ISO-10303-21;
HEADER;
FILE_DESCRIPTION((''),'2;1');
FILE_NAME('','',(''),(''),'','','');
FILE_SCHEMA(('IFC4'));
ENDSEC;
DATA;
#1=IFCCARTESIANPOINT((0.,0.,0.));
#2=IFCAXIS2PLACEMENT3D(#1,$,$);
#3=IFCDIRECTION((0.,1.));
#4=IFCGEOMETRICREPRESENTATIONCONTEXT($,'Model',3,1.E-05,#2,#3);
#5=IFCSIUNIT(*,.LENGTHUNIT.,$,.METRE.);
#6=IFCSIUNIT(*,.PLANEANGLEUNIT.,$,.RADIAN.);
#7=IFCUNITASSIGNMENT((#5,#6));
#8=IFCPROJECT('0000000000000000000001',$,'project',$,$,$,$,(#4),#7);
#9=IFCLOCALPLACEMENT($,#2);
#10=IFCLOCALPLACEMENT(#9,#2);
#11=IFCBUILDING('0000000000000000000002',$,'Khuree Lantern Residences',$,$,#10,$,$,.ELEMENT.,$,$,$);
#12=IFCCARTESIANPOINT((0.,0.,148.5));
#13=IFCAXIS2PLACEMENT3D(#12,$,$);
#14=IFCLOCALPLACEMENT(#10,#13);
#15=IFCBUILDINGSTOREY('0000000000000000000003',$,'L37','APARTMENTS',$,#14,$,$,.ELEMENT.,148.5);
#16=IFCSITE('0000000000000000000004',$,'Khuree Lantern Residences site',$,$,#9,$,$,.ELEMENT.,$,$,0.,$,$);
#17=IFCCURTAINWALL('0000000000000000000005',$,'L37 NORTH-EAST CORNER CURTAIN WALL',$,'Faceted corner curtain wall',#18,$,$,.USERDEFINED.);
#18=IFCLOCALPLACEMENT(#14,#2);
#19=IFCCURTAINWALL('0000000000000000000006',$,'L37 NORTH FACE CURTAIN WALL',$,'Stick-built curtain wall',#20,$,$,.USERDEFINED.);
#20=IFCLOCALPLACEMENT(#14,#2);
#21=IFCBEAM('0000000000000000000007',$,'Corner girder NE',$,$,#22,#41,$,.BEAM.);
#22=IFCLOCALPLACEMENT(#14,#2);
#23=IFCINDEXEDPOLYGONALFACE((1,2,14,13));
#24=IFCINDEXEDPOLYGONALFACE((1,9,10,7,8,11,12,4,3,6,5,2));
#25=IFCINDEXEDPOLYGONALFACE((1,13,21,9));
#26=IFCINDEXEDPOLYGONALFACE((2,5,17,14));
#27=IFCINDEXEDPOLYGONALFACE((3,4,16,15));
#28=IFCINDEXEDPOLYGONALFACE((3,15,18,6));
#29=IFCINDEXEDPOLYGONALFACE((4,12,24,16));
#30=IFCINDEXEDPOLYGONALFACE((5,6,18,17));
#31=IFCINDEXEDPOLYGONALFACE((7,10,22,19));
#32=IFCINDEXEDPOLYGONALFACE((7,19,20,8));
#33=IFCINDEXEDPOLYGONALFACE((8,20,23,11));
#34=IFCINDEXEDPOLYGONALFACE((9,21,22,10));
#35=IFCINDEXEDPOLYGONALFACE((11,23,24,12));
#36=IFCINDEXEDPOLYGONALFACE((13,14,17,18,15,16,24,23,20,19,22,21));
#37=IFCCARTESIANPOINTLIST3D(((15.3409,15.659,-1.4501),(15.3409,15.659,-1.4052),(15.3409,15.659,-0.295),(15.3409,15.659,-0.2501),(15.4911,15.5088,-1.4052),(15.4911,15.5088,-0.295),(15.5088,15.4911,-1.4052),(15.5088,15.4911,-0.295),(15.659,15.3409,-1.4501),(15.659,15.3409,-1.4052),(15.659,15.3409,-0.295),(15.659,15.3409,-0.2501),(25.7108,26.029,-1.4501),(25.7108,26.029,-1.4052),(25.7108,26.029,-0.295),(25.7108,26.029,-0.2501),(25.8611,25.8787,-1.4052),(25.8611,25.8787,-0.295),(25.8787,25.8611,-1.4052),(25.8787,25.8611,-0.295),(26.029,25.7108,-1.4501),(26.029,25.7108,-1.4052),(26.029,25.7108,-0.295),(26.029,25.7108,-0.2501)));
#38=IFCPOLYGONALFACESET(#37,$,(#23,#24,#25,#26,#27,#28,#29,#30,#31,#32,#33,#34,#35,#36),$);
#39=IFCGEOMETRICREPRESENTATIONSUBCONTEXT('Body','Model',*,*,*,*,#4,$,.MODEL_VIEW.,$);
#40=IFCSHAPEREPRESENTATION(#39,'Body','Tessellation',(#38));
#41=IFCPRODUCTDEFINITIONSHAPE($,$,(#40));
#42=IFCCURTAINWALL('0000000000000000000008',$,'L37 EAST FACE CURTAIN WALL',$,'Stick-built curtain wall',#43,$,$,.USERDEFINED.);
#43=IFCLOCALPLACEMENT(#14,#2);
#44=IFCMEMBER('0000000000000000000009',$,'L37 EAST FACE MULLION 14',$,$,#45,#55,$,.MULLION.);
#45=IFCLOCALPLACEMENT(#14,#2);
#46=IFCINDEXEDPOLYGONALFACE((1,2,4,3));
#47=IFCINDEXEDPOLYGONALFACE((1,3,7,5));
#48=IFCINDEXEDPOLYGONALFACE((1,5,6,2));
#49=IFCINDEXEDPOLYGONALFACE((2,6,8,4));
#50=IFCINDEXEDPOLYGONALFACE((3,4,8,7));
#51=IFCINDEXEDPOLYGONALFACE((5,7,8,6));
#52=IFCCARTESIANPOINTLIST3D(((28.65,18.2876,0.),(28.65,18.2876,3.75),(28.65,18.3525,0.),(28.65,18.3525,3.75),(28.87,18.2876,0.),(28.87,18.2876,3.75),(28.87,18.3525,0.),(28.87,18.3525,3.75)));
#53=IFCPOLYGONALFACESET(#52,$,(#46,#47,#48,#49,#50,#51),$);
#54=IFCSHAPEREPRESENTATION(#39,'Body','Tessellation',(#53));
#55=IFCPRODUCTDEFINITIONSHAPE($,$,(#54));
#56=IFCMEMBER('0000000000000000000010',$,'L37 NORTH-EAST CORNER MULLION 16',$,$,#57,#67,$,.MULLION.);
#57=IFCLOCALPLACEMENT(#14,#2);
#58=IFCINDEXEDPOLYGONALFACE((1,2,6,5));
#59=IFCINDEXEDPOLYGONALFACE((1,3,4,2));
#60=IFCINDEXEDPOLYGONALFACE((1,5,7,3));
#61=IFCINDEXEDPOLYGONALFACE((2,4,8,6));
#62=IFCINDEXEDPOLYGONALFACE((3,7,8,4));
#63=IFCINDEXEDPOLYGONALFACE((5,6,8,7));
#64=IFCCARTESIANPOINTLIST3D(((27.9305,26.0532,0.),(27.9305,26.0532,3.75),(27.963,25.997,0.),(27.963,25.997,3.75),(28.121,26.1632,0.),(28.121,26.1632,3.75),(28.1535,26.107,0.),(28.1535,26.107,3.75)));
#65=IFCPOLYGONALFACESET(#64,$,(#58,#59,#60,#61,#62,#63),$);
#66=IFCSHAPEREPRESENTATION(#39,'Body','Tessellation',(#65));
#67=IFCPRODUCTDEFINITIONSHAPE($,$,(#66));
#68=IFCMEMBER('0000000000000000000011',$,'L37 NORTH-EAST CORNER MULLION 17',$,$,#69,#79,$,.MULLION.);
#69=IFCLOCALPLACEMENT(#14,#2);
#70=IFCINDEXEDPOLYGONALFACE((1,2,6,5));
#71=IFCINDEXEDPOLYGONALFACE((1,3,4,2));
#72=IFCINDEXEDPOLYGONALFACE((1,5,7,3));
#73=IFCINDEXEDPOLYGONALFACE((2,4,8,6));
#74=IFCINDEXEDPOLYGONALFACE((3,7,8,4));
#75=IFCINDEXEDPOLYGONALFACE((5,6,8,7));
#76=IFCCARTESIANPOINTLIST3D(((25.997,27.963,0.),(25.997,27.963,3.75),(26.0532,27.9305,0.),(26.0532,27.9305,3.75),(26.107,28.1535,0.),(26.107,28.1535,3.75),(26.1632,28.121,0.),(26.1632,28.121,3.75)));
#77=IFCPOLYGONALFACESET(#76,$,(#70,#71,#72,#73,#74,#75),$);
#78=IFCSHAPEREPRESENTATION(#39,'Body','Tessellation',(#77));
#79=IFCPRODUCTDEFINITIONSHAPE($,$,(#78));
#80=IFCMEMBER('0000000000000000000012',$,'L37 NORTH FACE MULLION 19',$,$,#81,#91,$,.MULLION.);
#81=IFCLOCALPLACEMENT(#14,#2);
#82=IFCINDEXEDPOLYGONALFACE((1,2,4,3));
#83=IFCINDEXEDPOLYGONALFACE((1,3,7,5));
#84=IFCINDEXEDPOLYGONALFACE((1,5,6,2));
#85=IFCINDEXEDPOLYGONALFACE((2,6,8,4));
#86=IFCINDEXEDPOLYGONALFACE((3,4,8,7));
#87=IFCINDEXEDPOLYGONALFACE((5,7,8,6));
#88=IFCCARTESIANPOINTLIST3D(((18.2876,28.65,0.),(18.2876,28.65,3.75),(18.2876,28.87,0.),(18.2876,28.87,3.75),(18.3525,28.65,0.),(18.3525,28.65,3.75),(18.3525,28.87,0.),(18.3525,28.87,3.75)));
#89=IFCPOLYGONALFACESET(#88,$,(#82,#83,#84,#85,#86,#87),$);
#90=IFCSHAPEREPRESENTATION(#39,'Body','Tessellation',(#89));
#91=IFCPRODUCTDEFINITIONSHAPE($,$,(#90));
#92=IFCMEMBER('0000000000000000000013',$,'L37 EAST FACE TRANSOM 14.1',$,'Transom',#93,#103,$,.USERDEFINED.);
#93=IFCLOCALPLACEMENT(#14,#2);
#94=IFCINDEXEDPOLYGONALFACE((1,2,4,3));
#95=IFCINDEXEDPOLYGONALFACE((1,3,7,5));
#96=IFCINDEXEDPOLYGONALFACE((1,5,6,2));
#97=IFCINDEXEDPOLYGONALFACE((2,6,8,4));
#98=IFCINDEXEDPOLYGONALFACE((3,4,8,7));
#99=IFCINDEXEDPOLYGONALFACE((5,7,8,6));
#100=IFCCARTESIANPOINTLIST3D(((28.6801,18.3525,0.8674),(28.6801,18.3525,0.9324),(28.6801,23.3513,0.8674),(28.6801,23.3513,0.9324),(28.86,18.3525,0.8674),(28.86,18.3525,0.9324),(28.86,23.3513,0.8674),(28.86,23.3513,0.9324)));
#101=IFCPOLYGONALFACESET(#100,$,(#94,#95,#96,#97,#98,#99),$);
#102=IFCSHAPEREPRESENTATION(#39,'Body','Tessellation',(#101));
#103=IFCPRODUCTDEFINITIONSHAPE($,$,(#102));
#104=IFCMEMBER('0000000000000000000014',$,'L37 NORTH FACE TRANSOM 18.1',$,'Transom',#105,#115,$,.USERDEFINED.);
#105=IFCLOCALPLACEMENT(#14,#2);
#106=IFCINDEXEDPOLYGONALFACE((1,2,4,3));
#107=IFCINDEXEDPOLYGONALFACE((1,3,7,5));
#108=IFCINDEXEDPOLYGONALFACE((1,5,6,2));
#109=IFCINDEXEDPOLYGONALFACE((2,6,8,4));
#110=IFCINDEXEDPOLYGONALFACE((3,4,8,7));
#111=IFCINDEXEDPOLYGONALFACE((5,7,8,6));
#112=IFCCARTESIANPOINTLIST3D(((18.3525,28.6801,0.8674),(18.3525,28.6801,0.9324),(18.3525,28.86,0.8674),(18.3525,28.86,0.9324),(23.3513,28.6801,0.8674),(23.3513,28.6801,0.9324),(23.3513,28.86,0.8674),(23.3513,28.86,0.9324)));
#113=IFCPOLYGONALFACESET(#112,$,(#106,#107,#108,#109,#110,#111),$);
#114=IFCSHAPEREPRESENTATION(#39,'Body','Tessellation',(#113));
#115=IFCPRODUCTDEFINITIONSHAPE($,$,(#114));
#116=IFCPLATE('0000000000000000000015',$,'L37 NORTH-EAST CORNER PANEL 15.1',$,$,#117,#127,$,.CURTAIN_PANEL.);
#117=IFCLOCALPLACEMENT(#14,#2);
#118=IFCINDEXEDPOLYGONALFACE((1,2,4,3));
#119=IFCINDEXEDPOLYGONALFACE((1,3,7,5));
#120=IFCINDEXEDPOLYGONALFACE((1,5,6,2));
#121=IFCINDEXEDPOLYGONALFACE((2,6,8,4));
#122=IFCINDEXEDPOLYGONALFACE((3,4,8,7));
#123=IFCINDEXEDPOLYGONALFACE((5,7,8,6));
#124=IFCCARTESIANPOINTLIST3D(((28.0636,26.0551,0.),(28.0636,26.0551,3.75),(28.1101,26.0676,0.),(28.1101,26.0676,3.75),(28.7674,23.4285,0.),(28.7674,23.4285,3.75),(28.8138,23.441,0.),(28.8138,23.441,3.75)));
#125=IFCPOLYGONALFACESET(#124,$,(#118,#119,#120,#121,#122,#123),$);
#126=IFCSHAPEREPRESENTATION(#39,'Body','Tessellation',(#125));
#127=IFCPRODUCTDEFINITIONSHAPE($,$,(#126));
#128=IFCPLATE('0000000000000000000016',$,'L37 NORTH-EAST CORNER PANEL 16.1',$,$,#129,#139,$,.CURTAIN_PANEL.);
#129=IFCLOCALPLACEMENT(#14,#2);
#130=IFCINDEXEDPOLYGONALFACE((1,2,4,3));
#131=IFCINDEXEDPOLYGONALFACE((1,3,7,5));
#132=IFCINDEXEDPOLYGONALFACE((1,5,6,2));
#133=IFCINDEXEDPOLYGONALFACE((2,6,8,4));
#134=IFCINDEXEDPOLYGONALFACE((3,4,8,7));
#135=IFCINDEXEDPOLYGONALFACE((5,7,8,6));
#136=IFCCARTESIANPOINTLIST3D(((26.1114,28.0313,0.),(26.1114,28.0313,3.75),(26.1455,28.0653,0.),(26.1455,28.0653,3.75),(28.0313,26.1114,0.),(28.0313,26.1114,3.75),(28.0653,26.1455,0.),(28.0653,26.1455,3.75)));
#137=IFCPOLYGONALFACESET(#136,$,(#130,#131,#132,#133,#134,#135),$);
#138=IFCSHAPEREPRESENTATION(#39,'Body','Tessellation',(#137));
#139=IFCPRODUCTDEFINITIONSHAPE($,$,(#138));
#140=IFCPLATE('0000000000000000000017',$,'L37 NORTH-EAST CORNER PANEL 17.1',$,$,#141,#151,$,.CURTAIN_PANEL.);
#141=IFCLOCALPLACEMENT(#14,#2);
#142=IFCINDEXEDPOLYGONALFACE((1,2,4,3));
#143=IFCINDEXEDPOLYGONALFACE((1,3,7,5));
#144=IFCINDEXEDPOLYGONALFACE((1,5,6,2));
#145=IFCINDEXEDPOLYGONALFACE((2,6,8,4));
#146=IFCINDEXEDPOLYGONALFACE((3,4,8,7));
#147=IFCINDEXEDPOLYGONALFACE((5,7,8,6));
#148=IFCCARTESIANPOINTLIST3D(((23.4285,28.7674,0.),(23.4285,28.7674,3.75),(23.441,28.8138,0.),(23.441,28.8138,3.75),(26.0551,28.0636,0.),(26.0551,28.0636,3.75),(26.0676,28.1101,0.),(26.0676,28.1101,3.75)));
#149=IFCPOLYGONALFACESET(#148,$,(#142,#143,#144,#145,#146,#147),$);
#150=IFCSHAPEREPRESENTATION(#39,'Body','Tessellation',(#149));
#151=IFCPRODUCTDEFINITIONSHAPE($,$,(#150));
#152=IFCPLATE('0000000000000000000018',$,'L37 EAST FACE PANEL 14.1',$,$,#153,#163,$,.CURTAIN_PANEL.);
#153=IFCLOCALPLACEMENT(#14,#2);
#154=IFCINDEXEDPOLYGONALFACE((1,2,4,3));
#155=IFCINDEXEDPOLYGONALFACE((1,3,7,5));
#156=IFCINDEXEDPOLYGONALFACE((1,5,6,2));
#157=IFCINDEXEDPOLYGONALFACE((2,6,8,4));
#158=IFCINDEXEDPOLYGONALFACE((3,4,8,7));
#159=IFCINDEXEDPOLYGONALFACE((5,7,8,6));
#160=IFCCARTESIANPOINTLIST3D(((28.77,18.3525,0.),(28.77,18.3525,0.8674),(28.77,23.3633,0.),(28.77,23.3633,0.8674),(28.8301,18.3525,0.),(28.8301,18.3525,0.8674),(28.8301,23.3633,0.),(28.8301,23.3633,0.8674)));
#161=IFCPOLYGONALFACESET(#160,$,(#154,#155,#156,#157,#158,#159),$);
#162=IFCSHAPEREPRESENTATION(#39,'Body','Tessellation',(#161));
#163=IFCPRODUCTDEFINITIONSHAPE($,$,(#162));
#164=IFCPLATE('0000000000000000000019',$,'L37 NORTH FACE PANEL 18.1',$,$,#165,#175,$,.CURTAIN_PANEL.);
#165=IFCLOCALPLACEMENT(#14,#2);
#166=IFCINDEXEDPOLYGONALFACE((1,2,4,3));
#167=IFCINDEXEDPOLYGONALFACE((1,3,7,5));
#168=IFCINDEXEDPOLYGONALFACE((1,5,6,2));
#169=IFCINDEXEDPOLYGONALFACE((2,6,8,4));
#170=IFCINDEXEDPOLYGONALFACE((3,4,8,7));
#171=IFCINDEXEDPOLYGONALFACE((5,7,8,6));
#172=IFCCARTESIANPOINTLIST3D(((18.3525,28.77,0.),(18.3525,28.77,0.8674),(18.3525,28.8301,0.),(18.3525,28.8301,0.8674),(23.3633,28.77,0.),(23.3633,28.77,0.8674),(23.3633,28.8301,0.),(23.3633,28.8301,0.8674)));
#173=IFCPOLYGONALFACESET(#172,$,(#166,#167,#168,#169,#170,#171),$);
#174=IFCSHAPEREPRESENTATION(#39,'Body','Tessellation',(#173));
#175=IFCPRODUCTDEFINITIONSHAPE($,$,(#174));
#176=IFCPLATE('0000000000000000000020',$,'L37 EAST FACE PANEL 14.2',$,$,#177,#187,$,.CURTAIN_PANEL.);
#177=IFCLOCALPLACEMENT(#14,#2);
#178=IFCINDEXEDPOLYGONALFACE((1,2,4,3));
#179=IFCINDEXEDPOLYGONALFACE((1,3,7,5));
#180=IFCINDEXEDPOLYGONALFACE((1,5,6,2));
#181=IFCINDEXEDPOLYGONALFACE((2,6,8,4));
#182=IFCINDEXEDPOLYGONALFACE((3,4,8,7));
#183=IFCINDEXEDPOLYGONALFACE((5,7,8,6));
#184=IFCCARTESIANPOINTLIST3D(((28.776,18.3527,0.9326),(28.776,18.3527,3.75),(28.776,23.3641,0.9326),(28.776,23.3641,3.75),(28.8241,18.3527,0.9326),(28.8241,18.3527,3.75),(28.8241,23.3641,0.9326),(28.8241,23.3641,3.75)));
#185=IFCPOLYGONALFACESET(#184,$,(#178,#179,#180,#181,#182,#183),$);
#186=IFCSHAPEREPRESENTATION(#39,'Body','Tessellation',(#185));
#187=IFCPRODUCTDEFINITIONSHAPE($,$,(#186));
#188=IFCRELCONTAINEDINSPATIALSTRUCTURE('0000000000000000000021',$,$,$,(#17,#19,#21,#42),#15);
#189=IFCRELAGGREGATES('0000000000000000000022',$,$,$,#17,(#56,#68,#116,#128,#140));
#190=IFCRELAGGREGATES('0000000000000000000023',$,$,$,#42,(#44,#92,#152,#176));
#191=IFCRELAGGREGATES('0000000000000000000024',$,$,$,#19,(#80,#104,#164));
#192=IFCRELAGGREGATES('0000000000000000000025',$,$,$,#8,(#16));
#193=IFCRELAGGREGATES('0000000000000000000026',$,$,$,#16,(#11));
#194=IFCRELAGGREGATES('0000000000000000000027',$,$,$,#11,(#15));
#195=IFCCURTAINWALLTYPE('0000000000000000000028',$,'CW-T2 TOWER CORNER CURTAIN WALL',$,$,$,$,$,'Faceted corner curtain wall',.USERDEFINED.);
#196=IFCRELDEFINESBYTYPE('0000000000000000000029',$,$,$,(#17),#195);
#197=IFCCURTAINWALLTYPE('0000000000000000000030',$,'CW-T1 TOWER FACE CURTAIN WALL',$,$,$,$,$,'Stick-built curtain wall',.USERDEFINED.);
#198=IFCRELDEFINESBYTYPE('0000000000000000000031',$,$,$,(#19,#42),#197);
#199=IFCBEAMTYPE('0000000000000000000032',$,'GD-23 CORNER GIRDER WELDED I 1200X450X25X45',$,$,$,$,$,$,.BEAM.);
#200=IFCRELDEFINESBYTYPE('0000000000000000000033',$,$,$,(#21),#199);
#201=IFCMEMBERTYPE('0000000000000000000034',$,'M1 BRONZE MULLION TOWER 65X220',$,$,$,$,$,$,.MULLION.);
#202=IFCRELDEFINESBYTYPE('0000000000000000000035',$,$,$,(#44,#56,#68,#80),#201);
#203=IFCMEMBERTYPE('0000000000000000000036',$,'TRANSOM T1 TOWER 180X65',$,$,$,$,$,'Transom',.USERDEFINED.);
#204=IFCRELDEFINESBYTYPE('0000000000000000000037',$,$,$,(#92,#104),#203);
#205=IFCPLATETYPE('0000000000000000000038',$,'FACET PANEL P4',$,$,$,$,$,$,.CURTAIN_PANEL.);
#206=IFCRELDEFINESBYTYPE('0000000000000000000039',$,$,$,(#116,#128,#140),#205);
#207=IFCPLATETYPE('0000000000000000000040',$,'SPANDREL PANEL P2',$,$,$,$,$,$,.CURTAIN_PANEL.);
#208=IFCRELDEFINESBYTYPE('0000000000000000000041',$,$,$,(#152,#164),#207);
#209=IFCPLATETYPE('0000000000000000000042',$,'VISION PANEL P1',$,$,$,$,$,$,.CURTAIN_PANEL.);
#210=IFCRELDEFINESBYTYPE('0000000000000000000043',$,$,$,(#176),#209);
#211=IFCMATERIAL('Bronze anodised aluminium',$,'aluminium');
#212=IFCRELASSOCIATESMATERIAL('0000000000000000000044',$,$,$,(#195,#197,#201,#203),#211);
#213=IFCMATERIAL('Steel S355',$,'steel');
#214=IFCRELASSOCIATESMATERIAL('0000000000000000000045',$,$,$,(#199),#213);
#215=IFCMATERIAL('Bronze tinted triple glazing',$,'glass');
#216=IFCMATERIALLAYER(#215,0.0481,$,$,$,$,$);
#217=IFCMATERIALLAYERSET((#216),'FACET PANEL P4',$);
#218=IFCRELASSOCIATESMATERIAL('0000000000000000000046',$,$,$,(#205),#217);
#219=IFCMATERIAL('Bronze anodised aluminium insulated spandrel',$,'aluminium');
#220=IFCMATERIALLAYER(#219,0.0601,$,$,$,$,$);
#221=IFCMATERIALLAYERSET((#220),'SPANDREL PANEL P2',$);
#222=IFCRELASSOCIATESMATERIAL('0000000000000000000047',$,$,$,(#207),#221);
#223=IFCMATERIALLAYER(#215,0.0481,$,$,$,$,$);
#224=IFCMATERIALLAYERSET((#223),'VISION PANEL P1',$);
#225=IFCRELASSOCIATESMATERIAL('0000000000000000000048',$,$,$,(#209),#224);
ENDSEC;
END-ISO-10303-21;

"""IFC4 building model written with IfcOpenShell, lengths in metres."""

from ifc_helpers import new_model, si_unit, direction, frame, origin, origin_2d, place, context, subcontext, project, spatial, rectangle, i_section, extrude, material, layer, layer_set, material_profile, profile_set, type_object, element, aggregate, save


model = new_model("IFC4")

# Units and contexts
model_context = context("Model", 3, precision=1e-05, world=origin(), true_north=direction((0.0, 1.0)))
body_context = subcontext(model_context, "Body", "Model", "MODEL_VIEW")
ifc_project = project(units=[si_unit("LENGTHUNIT", "METRE"), si_unit("PLANEANGLEUNIT", "RADIAN")], contexts=[model_context])

# Site, building, storey
site_placement = place(None, origin())
site = spatial("IfcSite", under=ifc_project, at=site_placement, Name="Khuree Lantern Residences site", CompositionType="ELEMENT", RefElevation=0.0)
building_placement = place(site_placement, origin())
building = spatial("IfcBuilding", under=site, at=building_placement, Name="Khuree Lantern Residences", CompositionType="ELEMENT")
storey_placement = place(building_placement, frame((0.0, 0.0, 148.5)))
storey = spatial("IfcBuildingStorey", under=building, at=storey_placement, Name="L37", Description="APARTMENTS", CompositionType="ELEMENT", Elevation=148.5)

# Shared definitions
ifc_material_1 = material(Name="Steel S355", Category="steel")

# Curtain walls
ifc_material_2 = material(Name="Bronze anodised aluminium", Category="aluminium")
curtain_wall_type_1 = type_object("IfcCurtainWallType", Name="CW-T2 TOWER CORNER CURTAIN WALL", ElementType="Faceted corner curtain wall", PredefinedType="USERDEFINED", material=ifc_material_2)
curtain_wall_1_placement = place(storey_placement, origin())
curtain_wall_1 = element("IfcCurtainWall", 1, at=curtain_wall_1_placement, inside=storey, type_object=curtain_wall_type_1, Name="L37 NORTH-EAST CORNER CURTAIN WALL", ObjectType="Faceted corner curtain wall", PredefinedType="USERDEFINED")
curtain_wall_type_2 = type_object("IfcCurtainWallType", Name="CW-T1 TOWER FACE CURTAIN WALL", ElementType="Stick-built curtain wall", PredefinedType="USERDEFINED", material=ifc_material_2)
curtain_wall_2_placement = place(storey_placement, origin())
curtain_wall_2 = element("IfcCurtainWall", 2, at=curtain_wall_2_placement, inside=storey, type_object=curtain_wall_type_2, Name="L37 NORTH FACE CURTAIN WALL", ObjectType="Stick-built curtain wall", PredefinedType="USERDEFINED")

# Beam
ifc_material_profile_1 = material_profile(ifc_material_1, i_section(OverallWidth=0.45, OverallDepth=1.2, WebThickness=0.0249, FlangeThickness=0.0449, at=origin_2d()), Name="WELDED I 1200X450X25X45")
ifc_profile_set_1 = profile_set([ifc_material_profile_1], Name="Steel S355")
beam_type_1 = type_object("IfcBeamType", Name="GD-23 CORNER GIRDER WELDED I 1200X450X25X45", PredefinedType="BEAM", material=ifc_profile_set_1)
beam_1_placement = place(storey_placement, frame((25.8699, 25.8699, -0.8501), z_axis=(-0.707107, -0.707107, 0.0), x_axis=(0.707107, -0.707107, 0.0)))
element("IfcBeam", 3, at=beam_1_placement, inside=storey, type_object=beam_type_1, Name="Corner girder NE", PredefinedType="BEAM", context=body_context, shape_type="SweptSolid", body=[
    extrude(i_section(OverallWidth=0.45, OverallDepth=1.2, WebThickness=0.0249, FlangeThickness=0.0449, at=origin_2d()), origin(), (0.0, 0.0, 1.0), 14.6653),
])

# Curtain wall, member
curtain_wall_3_placement = place(storey_placement, origin())
curtain_wall_3 = element("IfcCurtainWall", 4, at=curtain_wall_3_placement, inside=storey, type_object=curtain_wall_type_2, Name="L37 EAST FACE CURTAIN WALL", ObjectType="Stick-built curtain wall", PredefinedType="USERDEFINED")
ifc_material_profile_2 = material_profile(ifc_material_2, rectangle(XDim=0.0649, YDim=0.22, at=origin_2d()), Name="M1 65X220")
ifc_profile_set_2 = profile_set([ifc_material_profile_2], Name="Bronze anodised aluminium")
member_type_1 = type_object("IfcMemberType", Name="M1 BRONZE MULLION TOWER 65X220", PredefinedType="MULLION", material=ifc_profile_set_2)
member_1_placement = place(storey_placement, frame((28.76, 18.3201, 0.0), z_axis=(0.0, 0.0, 1.0), x_axis=(0.0, 1.0, 0.0)))
member_1 = element("IfcMember", 5, at=member_1_placement, type_object=member_type_1, Name="L37 EAST FACE MULLION 14", PredefinedType="MULLION", context=body_context, shape_type="SweptSolid", body=[
    extrude(rectangle(XDim=0.0649, YDim=0.22, at=origin_2d()), origin(), (0.0, 0.0, 1.0), 3.75),
])

# Members
member_2_placement = place(storey_placement, frame((28.042, 26.0801, 0.0), z_axis=(0.0, 0.0, 1.0), x_axis=(-0.5, 0.866025, 0.0)))
member_2 = element("IfcMember", 6, at=member_2_placement, type_object=member_type_1, Name="L37 NORTH-EAST CORNER MULLION 16", PredefinedType="MULLION", context=body_context, shape_type="SweptSolid", body=[
    extrude(rectangle(XDim=0.0649, YDim=0.22, at=origin_2d()), origin(), (0.0, 0.0, 1.0), 3.75),
])
member_3_placement = place(storey_placement, frame((26.0801, 28.042, 0.0), z_axis=(0.0, 0.0, 1.0), x_axis=(-0.866025, 0.5, 0.0)))
member_3 = element("IfcMember", 7, at=member_3_placement, type_object=member_type_1, Name="L37 NORTH-EAST CORNER MULLION 17", PredefinedType="MULLION", context=body_context, shape_type="SweptSolid", body=[
    extrude(rectangle(XDim=0.0649, YDim=0.22, at=origin_2d()), origin(), (0.0, 0.0, 1.0), 3.75),
])
member_4_placement = place(storey_placement, frame((18.3201, 28.76, 0.0), z_axis=(0.0, 0.0, 1.0), x_axis=(-1.0, 0.0, 0.0)))
member_4 = element("IfcMember", 8, at=member_4_placement, type_object=member_type_1, Name="L37 NORTH FACE MULLION 19", PredefinedType="MULLION", context=body_context, shape_type="SweptSolid", body=[
    extrude(rectangle(XDim=0.0649, YDim=0.22, at=origin_2d()), origin(), (0.0, 0.0, 1.0), 3.75),
])
ifc_material_profile_3 = material_profile(ifc_material_2, rectangle(XDim=0.1799, YDim=0.0649, at=origin_2d()), Name="T1 180X65")
ifc_profile_set_3 = profile_set([ifc_material_profile_3], Name="Bronze anodised aluminium")
member_type_2 = type_object("IfcMemberType", Name="TRANSOM T1 TOWER 180X65", ElementType="Transom", PredefinedType="USERDEFINED", material=ifc_profile_set_3)
member_5_placement = place(storey_placement, frame((28.77, 18.3525, 0.8999), z_axis=(0.0, 1.0, 0.0), x_axis=(-1.0, 0.0, 0.0)))
member_5 = element("IfcMember", 9, at=member_5_placement, type_object=member_type_2, Name="L37 EAST FACE TRANSOM 14.1", ObjectType="Transom", PredefinedType="USERDEFINED", context=body_context, shape_type="SweptSolid", body=[
    extrude(rectangle(XDim=0.1799, YDim=0.0649, at=origin_2d()), origin(), (0.0, 0.0, 1.0), 4.9988),
])
member_6_placement = place(storey_placement, frame((23.3513, 28.77, 0.8999), z_axis=(-1.0, 0.0, 0.0), x_axis=(0.0, -1.0, 0.0)))
member_6 = element("IfcMember", 10, at=member_6_placement, type_object=member_type_2, Name="L37 NORTH FACE TRANSOM 18.1", ObjectType="Transom", PredefinedType="USERDEFINED", context=body_context, shape_type="SweptSolid", body=[
    extrude(rectangle(XDim=0.1799, YDim=0.0649, at=origin_2d()), origin(), (0.0, 0.0, 1.0), 4.9988),
])

# Plates
ifc_material_3 = material(Name="Bronze tinted triple glazing", Category="glass")
ifc_layer_1 = layer(ifc_material_3, 0.0481)
ifc_layer_set_1 = layer_set([ifc_layer_1], Name="FACET PANEL P4")
plate_type_1 = type_object("IfcPlateType", Name="FACET PANEL P4", PredefinedType="CURTAIN_PANEL", material=ifc_layer_set_1)
plate_1_placement = place(storey_placement, frame((28.4387, 24.748, 0.0), z_axis=(0.0, 0.0, 1.0), x_axis=(-0.258819, 0.965926, 0.0)))
plate_1 = element("IfcPlate", 11, at=plate_1_placement, type_object=plate_type_1, Name="L37 NORTH-EAST CORNER PANEL 15.1", PredefinedType="CURTAIN_PANEL", context=body_context, shape_type="SweptSolid", body=[
    extrude(rectangle(XDim=2.7192, YDim=0.0481, at=origin_2d()), origin(), (0.0, 0.0, 1.0), 3.75),
])
plate_2_placement = place(storey_placement, frame((27.0884, 27.0884, 0.0), z_axis=(0.0, 0.0, 1.0), x_axis=(-0.707107, 0.707107, 0.0)))
plate_2 = element("IfcPlate", 12, at=plate_2_placement, type_object=plate_type_1, Name="L37 NORTH-EAST CORNER PANEL 16.1", PredefinedType="CURTAIN_PANEL", context=body_context, shape_type="SweptSolid", body=[
    extrude(rectangle(XDim=2.7151, YDim=0.0481, at=origin_2d()), origin(), (0.0, 0.0, 1.0), 3.75),
])
plate_3_placement = place(storey_placement, frame((24.748, 28.4387, 0.0), z_axis=(0.0, 0.0, 1.0), x_axis=(-0.965926, 0.258819, 0.0)))
plate_3 = element("IfcPlate", 13, at=plate_3_placement, type_object=plate_type_1, Name="L37 NORTH-EAST CORNER PANEL 17.1", PredefinedType="CURTAIN_PANEL", context=body_context, shape_type="SweptSolid", body=[
    extrude(rectangle(XDim=2.7192, YDim=0.0481, at=origin_2d()), origin(), (0.0, 0.0, 1.0), 3.75),
])
aggregate(curtain_wall_1, [member_2, member_3, plate_1, plate_2, plate_3])
ifc_material_4 = material(Name="Bronze anodised aluminium insulated spandrel", Category="aluminium")
ifc_layer_2 = layer(ifc_material_4, 0.0601)
ifc_layer_set_2 = layer_set([ifc_layer_2], Name="SPANDREL PANEL P2")
plate_type_2 = type_object("IfcPlateType", Name="SPANDREL PANEL P2", PredefinedType="CURTAIN_PANEL", material=ifc_layer_set_2)
plate_4_placement = place(storey_placement, frame((28.8, 20.8579, 0.0), z_axis=(0.0, 0.0, 1.0), x_axis=(0.0, 1.0, 0.0)))
plate_4 = element("IfcPlate", 14, at=plate_4_placement, type_object=plate_type_2, Name="L37 EAST FACE PANEL 14.1", PredefinedType="CURTAIN_PANEL", context=body_context, shape_type="SweptSolid", body=[
    extrude(rectangle(XDim=5.0107, YDim=0.0601, at=origin_2d()), origin(), (0.0, 0.0, 1.0), 0.8674),
])
plate_5_placement = place(storey_placement, frame((20.8579, 28.8, 0.0), z_axis=(0.0, 0.0, 1.0), x_axis=(-1.0, 0.0, 0.0)))
plate_5 = element("IfcPlate", 15, at=plate_5_placement, type_object=plate_type_2, Name="L37 NORTH FACE PANEL 18.1", PredefinedType="CURTAIN_PANEL", context=body_context, shape_type="SweptSolid", body=[
    extrude(rectangle(XDim=5.0107, YDim=0.0601, at=origin_2d()), origin(), (0.0, 0.0, 1.0), 0.8674),
])
ifc_layer_3 = layer(ifc_material_3, 0.0481)
ifc_layer_set_3 = layer_set([ifc_layer_3], Name="VISION PANEL P1")
plate_type_3 = type_object("IfcPlateType", Name="VISION PANEL P1", PredefinedType="CURTAIN_PANEL", material=ifc_layer_set_3)
plate_6_placement = place(storey_placement, frame((28.8, 20.8584, 0.9326), z_axis=(0.0, 0.0, 1.0), x_axis=(0.0, 1.0, 0.0)))
plate_6 = element("IfcPlate", 16, at=plate_6_placement, type_object=plate_type_3, Name="L37 EAST FACE PANEL 14.2", PredefinedType="CURTAIN_PANEL", context=body_context, shape_type="SweptSolid", body=[
    extrude(rectangle(XDim=5.0115, YDim=0.0481, at=origin_2d()), origin(), (0.0, 0.0, 1.0), 2.8174),
])
aggregate(curtain_wall_3, [member_1, member_5, plate_4, plate_6])
aggregate(curtain_wall_2, [member_4, member_6, plate_5])

save(model, "model.ifc")
